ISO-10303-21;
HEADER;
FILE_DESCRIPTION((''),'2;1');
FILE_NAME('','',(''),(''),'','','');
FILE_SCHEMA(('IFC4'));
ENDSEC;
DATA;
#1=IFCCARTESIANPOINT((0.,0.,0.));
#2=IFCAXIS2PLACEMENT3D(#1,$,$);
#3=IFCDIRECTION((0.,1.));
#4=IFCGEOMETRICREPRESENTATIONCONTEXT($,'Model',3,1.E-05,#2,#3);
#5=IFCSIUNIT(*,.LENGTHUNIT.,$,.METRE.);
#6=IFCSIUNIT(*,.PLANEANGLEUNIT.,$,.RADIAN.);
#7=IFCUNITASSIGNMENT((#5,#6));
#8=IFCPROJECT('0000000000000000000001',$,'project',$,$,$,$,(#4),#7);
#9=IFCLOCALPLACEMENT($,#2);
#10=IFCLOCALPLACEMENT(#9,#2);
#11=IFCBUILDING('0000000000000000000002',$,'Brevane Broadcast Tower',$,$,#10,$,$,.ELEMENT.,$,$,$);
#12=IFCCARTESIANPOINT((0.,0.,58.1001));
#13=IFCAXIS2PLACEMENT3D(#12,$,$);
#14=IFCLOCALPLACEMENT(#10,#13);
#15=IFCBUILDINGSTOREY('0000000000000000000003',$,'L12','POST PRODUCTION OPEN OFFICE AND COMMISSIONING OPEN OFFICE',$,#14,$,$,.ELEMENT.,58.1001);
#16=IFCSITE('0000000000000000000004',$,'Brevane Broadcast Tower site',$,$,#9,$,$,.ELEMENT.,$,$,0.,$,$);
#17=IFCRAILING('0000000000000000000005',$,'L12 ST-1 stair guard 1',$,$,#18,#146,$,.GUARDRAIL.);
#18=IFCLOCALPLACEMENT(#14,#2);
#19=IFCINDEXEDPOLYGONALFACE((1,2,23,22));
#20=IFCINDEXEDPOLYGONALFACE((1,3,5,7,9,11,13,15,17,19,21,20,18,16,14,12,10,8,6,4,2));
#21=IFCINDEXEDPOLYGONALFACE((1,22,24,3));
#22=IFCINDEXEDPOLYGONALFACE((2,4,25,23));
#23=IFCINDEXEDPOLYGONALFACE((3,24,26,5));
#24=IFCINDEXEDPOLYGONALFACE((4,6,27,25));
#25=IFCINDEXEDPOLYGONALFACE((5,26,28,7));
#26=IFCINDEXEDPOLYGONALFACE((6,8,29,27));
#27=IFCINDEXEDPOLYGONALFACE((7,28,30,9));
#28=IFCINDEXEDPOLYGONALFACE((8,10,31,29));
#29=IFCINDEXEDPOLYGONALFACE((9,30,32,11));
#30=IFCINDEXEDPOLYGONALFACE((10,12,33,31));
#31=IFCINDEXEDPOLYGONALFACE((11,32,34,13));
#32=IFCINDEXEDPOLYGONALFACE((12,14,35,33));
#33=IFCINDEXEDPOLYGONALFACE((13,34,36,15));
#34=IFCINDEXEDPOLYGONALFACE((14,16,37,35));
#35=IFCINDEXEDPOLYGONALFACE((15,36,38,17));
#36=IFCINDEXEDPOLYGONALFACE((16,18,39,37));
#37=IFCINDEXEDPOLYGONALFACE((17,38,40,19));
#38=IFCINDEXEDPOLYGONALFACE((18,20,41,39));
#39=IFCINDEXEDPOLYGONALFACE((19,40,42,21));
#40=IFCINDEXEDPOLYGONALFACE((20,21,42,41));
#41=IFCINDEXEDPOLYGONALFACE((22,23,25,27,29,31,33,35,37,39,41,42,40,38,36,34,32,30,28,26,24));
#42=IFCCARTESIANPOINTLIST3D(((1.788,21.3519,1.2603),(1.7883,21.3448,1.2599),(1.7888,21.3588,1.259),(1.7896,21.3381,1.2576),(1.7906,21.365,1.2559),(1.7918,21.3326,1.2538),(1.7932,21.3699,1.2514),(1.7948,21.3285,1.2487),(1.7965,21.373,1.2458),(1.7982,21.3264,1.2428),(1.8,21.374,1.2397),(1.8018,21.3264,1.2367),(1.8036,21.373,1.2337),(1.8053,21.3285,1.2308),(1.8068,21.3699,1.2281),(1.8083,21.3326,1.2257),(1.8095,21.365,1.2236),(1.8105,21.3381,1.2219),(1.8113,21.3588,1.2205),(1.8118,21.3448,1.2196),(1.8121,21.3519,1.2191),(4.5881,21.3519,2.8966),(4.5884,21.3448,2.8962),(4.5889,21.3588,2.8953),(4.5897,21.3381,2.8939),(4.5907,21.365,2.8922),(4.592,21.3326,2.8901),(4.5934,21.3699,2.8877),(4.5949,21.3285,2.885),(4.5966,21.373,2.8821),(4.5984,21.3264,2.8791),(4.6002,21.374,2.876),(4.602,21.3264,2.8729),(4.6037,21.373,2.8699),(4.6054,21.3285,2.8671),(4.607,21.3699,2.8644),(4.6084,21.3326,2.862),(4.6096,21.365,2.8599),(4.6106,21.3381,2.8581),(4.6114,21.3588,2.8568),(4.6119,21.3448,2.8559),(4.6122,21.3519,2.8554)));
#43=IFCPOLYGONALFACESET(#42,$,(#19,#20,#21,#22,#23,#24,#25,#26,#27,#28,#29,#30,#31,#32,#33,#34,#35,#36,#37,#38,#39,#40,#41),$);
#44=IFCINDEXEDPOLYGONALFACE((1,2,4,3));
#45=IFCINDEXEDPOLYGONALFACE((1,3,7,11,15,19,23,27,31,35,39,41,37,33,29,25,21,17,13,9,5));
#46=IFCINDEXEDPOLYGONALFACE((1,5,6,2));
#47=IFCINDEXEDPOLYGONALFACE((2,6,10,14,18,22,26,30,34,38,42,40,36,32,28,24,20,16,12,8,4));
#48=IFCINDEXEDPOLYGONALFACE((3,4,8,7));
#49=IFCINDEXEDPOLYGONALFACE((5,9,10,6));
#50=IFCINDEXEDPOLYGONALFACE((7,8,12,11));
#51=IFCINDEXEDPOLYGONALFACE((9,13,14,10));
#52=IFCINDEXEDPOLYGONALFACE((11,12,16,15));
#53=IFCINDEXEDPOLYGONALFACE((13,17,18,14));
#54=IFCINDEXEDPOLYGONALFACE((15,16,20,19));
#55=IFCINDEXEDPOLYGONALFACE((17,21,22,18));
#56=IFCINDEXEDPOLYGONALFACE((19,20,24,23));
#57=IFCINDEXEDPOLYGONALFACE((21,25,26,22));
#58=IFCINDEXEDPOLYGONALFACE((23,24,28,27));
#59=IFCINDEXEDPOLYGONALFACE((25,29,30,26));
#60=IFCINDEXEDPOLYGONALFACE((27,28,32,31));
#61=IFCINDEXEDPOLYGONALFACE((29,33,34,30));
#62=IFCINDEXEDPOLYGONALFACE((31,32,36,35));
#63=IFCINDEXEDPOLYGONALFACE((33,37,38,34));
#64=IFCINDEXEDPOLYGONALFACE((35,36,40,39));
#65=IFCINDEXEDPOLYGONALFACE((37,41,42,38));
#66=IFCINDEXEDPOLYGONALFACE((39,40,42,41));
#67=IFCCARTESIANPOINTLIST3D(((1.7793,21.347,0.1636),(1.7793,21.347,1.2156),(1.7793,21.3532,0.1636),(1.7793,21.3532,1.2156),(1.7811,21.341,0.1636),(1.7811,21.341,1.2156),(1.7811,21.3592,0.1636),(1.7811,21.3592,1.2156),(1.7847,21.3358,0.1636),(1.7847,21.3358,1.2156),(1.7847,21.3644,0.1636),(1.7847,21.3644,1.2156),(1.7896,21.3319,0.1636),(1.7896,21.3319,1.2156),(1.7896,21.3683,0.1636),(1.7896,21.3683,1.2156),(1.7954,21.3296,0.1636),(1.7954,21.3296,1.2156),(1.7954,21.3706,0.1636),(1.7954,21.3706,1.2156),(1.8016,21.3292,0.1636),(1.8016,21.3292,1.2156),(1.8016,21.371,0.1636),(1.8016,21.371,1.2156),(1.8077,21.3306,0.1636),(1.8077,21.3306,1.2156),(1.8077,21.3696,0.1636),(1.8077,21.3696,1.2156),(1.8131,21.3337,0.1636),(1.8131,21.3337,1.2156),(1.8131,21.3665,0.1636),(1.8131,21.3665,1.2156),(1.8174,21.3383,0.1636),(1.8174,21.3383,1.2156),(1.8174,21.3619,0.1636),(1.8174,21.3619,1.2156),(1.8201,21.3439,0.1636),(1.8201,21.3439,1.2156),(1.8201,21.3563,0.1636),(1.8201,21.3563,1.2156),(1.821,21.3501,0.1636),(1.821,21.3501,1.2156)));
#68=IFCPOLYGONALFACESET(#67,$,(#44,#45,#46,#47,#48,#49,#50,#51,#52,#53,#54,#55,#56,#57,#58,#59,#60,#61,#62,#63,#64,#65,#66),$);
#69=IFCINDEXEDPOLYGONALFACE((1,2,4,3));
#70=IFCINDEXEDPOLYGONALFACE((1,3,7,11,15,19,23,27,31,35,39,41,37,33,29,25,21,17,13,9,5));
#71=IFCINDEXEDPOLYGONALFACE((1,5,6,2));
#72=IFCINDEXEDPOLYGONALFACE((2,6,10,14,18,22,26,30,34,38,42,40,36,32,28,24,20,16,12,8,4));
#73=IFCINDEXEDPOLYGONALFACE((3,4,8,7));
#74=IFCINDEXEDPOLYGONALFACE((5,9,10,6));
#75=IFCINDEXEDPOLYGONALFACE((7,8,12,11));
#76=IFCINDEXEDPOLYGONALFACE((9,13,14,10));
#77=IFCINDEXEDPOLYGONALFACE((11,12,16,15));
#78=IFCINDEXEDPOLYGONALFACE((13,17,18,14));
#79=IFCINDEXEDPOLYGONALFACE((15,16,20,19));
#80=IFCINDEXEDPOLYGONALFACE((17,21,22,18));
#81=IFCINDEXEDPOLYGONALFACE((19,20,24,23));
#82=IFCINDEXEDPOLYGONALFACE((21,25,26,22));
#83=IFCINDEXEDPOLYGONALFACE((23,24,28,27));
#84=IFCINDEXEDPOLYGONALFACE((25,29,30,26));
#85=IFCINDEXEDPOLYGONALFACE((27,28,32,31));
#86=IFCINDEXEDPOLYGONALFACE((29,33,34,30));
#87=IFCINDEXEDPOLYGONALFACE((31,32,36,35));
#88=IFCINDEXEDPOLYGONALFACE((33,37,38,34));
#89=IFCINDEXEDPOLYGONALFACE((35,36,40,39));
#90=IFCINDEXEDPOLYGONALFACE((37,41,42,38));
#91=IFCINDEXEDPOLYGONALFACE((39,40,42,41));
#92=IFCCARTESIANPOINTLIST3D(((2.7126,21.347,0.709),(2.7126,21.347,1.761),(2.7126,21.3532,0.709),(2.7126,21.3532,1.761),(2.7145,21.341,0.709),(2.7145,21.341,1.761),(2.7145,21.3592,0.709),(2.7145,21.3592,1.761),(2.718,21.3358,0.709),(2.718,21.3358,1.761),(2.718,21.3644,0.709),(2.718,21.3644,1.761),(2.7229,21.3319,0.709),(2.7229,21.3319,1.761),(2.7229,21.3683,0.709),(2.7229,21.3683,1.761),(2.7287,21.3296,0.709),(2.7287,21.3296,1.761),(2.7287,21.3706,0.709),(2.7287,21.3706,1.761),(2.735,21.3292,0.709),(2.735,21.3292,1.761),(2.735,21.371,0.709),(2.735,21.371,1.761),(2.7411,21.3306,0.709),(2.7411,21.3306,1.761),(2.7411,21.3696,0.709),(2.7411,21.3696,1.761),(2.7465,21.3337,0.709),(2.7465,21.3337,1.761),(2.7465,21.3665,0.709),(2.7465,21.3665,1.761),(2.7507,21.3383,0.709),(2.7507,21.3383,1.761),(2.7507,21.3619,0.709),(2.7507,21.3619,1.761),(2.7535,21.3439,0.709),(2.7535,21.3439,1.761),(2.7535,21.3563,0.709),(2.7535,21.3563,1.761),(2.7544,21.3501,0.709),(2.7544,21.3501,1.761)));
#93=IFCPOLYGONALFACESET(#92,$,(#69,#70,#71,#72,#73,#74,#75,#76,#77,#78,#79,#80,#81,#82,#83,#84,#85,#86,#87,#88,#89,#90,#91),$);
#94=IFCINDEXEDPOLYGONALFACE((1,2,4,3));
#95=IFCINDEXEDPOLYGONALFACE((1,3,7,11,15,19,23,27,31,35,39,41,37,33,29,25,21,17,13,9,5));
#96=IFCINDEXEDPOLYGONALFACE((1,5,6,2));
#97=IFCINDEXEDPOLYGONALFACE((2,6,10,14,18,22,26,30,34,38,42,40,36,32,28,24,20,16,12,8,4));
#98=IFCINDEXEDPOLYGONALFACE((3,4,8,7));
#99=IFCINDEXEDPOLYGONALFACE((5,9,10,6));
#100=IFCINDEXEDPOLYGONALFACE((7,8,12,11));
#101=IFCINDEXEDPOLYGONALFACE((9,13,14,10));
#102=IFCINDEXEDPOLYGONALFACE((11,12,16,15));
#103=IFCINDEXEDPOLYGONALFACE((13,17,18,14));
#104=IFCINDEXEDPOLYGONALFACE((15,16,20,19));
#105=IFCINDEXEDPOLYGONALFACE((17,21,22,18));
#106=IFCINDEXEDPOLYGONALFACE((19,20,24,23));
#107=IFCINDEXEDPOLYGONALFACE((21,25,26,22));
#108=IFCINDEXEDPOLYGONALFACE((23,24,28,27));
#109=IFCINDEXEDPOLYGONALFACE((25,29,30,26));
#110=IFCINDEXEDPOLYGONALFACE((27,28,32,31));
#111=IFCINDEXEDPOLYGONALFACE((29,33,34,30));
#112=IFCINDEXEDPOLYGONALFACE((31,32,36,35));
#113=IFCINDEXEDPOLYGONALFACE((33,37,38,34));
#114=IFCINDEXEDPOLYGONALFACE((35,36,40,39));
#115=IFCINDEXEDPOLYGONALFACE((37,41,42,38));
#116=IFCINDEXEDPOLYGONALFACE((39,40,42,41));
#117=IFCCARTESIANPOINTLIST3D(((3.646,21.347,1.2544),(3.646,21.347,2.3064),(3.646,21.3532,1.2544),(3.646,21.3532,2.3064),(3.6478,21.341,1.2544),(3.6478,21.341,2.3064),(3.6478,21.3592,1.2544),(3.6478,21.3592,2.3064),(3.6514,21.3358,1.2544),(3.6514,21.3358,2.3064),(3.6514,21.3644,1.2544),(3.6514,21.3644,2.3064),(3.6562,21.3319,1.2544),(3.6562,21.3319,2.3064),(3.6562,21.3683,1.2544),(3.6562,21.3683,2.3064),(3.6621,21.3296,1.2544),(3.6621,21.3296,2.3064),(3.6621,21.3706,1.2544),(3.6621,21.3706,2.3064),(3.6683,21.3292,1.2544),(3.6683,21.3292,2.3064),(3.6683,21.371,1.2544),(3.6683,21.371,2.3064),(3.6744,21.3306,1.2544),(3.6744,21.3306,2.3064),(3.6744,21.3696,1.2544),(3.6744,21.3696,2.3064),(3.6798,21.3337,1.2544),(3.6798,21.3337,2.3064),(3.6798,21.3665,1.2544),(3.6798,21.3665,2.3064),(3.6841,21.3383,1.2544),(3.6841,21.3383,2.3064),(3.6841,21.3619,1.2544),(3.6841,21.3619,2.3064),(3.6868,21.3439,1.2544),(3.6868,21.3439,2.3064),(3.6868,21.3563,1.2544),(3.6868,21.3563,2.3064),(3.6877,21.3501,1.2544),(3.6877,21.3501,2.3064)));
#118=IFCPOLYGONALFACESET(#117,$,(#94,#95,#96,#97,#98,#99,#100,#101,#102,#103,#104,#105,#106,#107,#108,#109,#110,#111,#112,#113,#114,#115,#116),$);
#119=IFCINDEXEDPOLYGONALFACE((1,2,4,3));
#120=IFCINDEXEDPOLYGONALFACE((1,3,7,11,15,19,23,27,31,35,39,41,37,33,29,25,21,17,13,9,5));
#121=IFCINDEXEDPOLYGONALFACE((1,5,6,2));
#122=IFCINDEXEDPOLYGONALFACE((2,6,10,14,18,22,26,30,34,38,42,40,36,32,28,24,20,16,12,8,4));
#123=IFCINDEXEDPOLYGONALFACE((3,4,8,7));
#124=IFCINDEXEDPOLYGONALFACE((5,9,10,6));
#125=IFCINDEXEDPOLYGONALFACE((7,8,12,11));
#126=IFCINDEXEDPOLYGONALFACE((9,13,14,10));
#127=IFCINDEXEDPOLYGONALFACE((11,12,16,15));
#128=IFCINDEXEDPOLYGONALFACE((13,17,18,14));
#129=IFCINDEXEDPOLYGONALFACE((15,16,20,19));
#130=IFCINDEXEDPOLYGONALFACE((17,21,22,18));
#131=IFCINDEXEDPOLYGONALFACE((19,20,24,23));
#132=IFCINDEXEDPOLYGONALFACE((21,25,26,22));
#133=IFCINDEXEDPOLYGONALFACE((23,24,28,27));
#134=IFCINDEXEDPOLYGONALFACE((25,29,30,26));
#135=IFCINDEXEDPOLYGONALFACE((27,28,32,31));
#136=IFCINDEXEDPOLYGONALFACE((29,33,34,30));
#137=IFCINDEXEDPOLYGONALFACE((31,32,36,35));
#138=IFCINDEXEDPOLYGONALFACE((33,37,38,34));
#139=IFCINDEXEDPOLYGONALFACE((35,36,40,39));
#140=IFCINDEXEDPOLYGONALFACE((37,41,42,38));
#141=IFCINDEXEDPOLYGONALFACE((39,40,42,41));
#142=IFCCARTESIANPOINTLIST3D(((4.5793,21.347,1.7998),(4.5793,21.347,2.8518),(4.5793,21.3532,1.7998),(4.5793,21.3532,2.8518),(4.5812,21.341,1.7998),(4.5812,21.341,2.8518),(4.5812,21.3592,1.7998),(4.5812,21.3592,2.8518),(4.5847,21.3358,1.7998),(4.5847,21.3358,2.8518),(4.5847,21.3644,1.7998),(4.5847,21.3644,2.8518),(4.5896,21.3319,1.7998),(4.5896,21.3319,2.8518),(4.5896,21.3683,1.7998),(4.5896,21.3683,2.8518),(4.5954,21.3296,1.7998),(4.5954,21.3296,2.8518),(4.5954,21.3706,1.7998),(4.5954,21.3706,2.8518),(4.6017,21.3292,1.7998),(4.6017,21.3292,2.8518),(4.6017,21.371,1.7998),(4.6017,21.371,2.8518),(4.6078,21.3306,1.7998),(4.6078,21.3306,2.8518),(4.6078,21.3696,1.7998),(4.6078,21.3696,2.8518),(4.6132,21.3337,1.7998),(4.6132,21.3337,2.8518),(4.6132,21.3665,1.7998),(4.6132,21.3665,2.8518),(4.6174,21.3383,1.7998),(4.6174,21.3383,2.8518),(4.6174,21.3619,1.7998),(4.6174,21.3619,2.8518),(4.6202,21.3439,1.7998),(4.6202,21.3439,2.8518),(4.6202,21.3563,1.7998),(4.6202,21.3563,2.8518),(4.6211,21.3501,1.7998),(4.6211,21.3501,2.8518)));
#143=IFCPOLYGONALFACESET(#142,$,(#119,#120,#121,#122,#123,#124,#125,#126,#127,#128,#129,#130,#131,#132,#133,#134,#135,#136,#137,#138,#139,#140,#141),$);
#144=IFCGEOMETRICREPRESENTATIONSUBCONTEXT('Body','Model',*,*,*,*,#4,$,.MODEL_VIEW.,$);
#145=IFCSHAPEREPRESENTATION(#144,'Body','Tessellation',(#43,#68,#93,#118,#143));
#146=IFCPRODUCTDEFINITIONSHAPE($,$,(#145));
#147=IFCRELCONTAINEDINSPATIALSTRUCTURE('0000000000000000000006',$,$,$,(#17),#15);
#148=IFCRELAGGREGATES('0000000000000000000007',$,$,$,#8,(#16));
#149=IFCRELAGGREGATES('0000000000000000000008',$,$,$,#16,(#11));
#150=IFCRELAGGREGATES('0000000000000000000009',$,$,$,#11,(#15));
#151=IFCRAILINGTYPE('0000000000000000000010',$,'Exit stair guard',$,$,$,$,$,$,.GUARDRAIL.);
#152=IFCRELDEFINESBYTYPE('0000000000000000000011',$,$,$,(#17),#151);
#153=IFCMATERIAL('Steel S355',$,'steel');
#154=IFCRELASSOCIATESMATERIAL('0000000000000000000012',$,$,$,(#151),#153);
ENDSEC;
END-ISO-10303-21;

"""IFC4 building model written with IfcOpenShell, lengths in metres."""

from ifc_helpers import new_model, si_unit, direction, frame, origin, origin_2d, place, context, subcontext, project, spatial, circle, extrude, material, type_object, element, save


model = new_model("IFC4")

# Units and contexts
model_context = context("Model", 3, precision=1e-05, world=origin(), true_north=direction((0.0, 1.0)))
body_context = subcontext(model_context, "Body", "Model", "MODEL_VIEW")
ifc_project = project(units=[si_unit("LENGTHUNIT", "METRE"), si_unit("PLANEANGLEUNIT", "RADIAN")], contexts=[model_context])

# Site, building, storey
site_placement = place(None, origin())
site = spatial("IfcSite", under=ifc_project, at=site_placement, Name="Brevane Broadcast Tower site", CompositionType="ELEMENT", RefElevation=0.0)
building_placement = place(site_placement, origin())
building = spatial("IfcBuilding", under=site, at=building_placement, Name="Brevane Broadcast Tower", CompositionType="ELEMENT")
storey_placement = place(building_placement, frame((0.0, 0.0, 58.1001)))
storey = spatial("IfcBuildingStorey", under=building, at=storey_placement, Name="L12", Description="POST PRODUCTION OPEN OFFICE AND COMMISSIONING OPEN OFFICE", CompositionType="ELEMENT", Elevation=58.1001)

# Railing
ifc_material_1 = material(Name="Steel S355", Category="steel")
railing_type = type_object("IfcRailingType", Name="Exit stair guard", PredefinedType="GUARDRAIL", material=ifc_material_1)
railing_placement = place(storey_placement, frame((1.8, 21.3501, 0.1636)))
element("IfcRailing", 1, at=railing_placement, inside=storey, type_object=railing_type, Name="L12 ST-1 stair guard 1", PredefinedType="GUARDRAIL", context=body_context, shape_type="SweptSolid", body=[
    extrude(circle(Radius=0.0239, at=origin_2d()), frame((0.0, 0.0, 1.0762), z_axis=(0.863394, 0.0, 0.504531), x_axis=(0.0, 1.0, 0.0)), (0.0, 0.0, 1.0), 3.2432),
    extrude(circle(Radius=0.021, at=origin_2d()), origin(), (0.0, 0.0, 1.0), 1.052),
    extrude(circle(Radius=0.021, at=origin_2d()), frame((0.9333, 0.0, 0.5454)), (0.0, 0.0, 1.0), 1.052),
    extrude(circle(Radius=0.021, at=origin_2d()), frame((1.8667, 0.0, 1.0908)), (0.0, 0.0, 1.0), 1.052),
    extrude(circle(Radius=0.021, at=origin_2d()), frame((2.8, 0.0, 1.6362)), (0.0, 0.0, 1.0), 1.052),
])

save(model, "model.ifc")
